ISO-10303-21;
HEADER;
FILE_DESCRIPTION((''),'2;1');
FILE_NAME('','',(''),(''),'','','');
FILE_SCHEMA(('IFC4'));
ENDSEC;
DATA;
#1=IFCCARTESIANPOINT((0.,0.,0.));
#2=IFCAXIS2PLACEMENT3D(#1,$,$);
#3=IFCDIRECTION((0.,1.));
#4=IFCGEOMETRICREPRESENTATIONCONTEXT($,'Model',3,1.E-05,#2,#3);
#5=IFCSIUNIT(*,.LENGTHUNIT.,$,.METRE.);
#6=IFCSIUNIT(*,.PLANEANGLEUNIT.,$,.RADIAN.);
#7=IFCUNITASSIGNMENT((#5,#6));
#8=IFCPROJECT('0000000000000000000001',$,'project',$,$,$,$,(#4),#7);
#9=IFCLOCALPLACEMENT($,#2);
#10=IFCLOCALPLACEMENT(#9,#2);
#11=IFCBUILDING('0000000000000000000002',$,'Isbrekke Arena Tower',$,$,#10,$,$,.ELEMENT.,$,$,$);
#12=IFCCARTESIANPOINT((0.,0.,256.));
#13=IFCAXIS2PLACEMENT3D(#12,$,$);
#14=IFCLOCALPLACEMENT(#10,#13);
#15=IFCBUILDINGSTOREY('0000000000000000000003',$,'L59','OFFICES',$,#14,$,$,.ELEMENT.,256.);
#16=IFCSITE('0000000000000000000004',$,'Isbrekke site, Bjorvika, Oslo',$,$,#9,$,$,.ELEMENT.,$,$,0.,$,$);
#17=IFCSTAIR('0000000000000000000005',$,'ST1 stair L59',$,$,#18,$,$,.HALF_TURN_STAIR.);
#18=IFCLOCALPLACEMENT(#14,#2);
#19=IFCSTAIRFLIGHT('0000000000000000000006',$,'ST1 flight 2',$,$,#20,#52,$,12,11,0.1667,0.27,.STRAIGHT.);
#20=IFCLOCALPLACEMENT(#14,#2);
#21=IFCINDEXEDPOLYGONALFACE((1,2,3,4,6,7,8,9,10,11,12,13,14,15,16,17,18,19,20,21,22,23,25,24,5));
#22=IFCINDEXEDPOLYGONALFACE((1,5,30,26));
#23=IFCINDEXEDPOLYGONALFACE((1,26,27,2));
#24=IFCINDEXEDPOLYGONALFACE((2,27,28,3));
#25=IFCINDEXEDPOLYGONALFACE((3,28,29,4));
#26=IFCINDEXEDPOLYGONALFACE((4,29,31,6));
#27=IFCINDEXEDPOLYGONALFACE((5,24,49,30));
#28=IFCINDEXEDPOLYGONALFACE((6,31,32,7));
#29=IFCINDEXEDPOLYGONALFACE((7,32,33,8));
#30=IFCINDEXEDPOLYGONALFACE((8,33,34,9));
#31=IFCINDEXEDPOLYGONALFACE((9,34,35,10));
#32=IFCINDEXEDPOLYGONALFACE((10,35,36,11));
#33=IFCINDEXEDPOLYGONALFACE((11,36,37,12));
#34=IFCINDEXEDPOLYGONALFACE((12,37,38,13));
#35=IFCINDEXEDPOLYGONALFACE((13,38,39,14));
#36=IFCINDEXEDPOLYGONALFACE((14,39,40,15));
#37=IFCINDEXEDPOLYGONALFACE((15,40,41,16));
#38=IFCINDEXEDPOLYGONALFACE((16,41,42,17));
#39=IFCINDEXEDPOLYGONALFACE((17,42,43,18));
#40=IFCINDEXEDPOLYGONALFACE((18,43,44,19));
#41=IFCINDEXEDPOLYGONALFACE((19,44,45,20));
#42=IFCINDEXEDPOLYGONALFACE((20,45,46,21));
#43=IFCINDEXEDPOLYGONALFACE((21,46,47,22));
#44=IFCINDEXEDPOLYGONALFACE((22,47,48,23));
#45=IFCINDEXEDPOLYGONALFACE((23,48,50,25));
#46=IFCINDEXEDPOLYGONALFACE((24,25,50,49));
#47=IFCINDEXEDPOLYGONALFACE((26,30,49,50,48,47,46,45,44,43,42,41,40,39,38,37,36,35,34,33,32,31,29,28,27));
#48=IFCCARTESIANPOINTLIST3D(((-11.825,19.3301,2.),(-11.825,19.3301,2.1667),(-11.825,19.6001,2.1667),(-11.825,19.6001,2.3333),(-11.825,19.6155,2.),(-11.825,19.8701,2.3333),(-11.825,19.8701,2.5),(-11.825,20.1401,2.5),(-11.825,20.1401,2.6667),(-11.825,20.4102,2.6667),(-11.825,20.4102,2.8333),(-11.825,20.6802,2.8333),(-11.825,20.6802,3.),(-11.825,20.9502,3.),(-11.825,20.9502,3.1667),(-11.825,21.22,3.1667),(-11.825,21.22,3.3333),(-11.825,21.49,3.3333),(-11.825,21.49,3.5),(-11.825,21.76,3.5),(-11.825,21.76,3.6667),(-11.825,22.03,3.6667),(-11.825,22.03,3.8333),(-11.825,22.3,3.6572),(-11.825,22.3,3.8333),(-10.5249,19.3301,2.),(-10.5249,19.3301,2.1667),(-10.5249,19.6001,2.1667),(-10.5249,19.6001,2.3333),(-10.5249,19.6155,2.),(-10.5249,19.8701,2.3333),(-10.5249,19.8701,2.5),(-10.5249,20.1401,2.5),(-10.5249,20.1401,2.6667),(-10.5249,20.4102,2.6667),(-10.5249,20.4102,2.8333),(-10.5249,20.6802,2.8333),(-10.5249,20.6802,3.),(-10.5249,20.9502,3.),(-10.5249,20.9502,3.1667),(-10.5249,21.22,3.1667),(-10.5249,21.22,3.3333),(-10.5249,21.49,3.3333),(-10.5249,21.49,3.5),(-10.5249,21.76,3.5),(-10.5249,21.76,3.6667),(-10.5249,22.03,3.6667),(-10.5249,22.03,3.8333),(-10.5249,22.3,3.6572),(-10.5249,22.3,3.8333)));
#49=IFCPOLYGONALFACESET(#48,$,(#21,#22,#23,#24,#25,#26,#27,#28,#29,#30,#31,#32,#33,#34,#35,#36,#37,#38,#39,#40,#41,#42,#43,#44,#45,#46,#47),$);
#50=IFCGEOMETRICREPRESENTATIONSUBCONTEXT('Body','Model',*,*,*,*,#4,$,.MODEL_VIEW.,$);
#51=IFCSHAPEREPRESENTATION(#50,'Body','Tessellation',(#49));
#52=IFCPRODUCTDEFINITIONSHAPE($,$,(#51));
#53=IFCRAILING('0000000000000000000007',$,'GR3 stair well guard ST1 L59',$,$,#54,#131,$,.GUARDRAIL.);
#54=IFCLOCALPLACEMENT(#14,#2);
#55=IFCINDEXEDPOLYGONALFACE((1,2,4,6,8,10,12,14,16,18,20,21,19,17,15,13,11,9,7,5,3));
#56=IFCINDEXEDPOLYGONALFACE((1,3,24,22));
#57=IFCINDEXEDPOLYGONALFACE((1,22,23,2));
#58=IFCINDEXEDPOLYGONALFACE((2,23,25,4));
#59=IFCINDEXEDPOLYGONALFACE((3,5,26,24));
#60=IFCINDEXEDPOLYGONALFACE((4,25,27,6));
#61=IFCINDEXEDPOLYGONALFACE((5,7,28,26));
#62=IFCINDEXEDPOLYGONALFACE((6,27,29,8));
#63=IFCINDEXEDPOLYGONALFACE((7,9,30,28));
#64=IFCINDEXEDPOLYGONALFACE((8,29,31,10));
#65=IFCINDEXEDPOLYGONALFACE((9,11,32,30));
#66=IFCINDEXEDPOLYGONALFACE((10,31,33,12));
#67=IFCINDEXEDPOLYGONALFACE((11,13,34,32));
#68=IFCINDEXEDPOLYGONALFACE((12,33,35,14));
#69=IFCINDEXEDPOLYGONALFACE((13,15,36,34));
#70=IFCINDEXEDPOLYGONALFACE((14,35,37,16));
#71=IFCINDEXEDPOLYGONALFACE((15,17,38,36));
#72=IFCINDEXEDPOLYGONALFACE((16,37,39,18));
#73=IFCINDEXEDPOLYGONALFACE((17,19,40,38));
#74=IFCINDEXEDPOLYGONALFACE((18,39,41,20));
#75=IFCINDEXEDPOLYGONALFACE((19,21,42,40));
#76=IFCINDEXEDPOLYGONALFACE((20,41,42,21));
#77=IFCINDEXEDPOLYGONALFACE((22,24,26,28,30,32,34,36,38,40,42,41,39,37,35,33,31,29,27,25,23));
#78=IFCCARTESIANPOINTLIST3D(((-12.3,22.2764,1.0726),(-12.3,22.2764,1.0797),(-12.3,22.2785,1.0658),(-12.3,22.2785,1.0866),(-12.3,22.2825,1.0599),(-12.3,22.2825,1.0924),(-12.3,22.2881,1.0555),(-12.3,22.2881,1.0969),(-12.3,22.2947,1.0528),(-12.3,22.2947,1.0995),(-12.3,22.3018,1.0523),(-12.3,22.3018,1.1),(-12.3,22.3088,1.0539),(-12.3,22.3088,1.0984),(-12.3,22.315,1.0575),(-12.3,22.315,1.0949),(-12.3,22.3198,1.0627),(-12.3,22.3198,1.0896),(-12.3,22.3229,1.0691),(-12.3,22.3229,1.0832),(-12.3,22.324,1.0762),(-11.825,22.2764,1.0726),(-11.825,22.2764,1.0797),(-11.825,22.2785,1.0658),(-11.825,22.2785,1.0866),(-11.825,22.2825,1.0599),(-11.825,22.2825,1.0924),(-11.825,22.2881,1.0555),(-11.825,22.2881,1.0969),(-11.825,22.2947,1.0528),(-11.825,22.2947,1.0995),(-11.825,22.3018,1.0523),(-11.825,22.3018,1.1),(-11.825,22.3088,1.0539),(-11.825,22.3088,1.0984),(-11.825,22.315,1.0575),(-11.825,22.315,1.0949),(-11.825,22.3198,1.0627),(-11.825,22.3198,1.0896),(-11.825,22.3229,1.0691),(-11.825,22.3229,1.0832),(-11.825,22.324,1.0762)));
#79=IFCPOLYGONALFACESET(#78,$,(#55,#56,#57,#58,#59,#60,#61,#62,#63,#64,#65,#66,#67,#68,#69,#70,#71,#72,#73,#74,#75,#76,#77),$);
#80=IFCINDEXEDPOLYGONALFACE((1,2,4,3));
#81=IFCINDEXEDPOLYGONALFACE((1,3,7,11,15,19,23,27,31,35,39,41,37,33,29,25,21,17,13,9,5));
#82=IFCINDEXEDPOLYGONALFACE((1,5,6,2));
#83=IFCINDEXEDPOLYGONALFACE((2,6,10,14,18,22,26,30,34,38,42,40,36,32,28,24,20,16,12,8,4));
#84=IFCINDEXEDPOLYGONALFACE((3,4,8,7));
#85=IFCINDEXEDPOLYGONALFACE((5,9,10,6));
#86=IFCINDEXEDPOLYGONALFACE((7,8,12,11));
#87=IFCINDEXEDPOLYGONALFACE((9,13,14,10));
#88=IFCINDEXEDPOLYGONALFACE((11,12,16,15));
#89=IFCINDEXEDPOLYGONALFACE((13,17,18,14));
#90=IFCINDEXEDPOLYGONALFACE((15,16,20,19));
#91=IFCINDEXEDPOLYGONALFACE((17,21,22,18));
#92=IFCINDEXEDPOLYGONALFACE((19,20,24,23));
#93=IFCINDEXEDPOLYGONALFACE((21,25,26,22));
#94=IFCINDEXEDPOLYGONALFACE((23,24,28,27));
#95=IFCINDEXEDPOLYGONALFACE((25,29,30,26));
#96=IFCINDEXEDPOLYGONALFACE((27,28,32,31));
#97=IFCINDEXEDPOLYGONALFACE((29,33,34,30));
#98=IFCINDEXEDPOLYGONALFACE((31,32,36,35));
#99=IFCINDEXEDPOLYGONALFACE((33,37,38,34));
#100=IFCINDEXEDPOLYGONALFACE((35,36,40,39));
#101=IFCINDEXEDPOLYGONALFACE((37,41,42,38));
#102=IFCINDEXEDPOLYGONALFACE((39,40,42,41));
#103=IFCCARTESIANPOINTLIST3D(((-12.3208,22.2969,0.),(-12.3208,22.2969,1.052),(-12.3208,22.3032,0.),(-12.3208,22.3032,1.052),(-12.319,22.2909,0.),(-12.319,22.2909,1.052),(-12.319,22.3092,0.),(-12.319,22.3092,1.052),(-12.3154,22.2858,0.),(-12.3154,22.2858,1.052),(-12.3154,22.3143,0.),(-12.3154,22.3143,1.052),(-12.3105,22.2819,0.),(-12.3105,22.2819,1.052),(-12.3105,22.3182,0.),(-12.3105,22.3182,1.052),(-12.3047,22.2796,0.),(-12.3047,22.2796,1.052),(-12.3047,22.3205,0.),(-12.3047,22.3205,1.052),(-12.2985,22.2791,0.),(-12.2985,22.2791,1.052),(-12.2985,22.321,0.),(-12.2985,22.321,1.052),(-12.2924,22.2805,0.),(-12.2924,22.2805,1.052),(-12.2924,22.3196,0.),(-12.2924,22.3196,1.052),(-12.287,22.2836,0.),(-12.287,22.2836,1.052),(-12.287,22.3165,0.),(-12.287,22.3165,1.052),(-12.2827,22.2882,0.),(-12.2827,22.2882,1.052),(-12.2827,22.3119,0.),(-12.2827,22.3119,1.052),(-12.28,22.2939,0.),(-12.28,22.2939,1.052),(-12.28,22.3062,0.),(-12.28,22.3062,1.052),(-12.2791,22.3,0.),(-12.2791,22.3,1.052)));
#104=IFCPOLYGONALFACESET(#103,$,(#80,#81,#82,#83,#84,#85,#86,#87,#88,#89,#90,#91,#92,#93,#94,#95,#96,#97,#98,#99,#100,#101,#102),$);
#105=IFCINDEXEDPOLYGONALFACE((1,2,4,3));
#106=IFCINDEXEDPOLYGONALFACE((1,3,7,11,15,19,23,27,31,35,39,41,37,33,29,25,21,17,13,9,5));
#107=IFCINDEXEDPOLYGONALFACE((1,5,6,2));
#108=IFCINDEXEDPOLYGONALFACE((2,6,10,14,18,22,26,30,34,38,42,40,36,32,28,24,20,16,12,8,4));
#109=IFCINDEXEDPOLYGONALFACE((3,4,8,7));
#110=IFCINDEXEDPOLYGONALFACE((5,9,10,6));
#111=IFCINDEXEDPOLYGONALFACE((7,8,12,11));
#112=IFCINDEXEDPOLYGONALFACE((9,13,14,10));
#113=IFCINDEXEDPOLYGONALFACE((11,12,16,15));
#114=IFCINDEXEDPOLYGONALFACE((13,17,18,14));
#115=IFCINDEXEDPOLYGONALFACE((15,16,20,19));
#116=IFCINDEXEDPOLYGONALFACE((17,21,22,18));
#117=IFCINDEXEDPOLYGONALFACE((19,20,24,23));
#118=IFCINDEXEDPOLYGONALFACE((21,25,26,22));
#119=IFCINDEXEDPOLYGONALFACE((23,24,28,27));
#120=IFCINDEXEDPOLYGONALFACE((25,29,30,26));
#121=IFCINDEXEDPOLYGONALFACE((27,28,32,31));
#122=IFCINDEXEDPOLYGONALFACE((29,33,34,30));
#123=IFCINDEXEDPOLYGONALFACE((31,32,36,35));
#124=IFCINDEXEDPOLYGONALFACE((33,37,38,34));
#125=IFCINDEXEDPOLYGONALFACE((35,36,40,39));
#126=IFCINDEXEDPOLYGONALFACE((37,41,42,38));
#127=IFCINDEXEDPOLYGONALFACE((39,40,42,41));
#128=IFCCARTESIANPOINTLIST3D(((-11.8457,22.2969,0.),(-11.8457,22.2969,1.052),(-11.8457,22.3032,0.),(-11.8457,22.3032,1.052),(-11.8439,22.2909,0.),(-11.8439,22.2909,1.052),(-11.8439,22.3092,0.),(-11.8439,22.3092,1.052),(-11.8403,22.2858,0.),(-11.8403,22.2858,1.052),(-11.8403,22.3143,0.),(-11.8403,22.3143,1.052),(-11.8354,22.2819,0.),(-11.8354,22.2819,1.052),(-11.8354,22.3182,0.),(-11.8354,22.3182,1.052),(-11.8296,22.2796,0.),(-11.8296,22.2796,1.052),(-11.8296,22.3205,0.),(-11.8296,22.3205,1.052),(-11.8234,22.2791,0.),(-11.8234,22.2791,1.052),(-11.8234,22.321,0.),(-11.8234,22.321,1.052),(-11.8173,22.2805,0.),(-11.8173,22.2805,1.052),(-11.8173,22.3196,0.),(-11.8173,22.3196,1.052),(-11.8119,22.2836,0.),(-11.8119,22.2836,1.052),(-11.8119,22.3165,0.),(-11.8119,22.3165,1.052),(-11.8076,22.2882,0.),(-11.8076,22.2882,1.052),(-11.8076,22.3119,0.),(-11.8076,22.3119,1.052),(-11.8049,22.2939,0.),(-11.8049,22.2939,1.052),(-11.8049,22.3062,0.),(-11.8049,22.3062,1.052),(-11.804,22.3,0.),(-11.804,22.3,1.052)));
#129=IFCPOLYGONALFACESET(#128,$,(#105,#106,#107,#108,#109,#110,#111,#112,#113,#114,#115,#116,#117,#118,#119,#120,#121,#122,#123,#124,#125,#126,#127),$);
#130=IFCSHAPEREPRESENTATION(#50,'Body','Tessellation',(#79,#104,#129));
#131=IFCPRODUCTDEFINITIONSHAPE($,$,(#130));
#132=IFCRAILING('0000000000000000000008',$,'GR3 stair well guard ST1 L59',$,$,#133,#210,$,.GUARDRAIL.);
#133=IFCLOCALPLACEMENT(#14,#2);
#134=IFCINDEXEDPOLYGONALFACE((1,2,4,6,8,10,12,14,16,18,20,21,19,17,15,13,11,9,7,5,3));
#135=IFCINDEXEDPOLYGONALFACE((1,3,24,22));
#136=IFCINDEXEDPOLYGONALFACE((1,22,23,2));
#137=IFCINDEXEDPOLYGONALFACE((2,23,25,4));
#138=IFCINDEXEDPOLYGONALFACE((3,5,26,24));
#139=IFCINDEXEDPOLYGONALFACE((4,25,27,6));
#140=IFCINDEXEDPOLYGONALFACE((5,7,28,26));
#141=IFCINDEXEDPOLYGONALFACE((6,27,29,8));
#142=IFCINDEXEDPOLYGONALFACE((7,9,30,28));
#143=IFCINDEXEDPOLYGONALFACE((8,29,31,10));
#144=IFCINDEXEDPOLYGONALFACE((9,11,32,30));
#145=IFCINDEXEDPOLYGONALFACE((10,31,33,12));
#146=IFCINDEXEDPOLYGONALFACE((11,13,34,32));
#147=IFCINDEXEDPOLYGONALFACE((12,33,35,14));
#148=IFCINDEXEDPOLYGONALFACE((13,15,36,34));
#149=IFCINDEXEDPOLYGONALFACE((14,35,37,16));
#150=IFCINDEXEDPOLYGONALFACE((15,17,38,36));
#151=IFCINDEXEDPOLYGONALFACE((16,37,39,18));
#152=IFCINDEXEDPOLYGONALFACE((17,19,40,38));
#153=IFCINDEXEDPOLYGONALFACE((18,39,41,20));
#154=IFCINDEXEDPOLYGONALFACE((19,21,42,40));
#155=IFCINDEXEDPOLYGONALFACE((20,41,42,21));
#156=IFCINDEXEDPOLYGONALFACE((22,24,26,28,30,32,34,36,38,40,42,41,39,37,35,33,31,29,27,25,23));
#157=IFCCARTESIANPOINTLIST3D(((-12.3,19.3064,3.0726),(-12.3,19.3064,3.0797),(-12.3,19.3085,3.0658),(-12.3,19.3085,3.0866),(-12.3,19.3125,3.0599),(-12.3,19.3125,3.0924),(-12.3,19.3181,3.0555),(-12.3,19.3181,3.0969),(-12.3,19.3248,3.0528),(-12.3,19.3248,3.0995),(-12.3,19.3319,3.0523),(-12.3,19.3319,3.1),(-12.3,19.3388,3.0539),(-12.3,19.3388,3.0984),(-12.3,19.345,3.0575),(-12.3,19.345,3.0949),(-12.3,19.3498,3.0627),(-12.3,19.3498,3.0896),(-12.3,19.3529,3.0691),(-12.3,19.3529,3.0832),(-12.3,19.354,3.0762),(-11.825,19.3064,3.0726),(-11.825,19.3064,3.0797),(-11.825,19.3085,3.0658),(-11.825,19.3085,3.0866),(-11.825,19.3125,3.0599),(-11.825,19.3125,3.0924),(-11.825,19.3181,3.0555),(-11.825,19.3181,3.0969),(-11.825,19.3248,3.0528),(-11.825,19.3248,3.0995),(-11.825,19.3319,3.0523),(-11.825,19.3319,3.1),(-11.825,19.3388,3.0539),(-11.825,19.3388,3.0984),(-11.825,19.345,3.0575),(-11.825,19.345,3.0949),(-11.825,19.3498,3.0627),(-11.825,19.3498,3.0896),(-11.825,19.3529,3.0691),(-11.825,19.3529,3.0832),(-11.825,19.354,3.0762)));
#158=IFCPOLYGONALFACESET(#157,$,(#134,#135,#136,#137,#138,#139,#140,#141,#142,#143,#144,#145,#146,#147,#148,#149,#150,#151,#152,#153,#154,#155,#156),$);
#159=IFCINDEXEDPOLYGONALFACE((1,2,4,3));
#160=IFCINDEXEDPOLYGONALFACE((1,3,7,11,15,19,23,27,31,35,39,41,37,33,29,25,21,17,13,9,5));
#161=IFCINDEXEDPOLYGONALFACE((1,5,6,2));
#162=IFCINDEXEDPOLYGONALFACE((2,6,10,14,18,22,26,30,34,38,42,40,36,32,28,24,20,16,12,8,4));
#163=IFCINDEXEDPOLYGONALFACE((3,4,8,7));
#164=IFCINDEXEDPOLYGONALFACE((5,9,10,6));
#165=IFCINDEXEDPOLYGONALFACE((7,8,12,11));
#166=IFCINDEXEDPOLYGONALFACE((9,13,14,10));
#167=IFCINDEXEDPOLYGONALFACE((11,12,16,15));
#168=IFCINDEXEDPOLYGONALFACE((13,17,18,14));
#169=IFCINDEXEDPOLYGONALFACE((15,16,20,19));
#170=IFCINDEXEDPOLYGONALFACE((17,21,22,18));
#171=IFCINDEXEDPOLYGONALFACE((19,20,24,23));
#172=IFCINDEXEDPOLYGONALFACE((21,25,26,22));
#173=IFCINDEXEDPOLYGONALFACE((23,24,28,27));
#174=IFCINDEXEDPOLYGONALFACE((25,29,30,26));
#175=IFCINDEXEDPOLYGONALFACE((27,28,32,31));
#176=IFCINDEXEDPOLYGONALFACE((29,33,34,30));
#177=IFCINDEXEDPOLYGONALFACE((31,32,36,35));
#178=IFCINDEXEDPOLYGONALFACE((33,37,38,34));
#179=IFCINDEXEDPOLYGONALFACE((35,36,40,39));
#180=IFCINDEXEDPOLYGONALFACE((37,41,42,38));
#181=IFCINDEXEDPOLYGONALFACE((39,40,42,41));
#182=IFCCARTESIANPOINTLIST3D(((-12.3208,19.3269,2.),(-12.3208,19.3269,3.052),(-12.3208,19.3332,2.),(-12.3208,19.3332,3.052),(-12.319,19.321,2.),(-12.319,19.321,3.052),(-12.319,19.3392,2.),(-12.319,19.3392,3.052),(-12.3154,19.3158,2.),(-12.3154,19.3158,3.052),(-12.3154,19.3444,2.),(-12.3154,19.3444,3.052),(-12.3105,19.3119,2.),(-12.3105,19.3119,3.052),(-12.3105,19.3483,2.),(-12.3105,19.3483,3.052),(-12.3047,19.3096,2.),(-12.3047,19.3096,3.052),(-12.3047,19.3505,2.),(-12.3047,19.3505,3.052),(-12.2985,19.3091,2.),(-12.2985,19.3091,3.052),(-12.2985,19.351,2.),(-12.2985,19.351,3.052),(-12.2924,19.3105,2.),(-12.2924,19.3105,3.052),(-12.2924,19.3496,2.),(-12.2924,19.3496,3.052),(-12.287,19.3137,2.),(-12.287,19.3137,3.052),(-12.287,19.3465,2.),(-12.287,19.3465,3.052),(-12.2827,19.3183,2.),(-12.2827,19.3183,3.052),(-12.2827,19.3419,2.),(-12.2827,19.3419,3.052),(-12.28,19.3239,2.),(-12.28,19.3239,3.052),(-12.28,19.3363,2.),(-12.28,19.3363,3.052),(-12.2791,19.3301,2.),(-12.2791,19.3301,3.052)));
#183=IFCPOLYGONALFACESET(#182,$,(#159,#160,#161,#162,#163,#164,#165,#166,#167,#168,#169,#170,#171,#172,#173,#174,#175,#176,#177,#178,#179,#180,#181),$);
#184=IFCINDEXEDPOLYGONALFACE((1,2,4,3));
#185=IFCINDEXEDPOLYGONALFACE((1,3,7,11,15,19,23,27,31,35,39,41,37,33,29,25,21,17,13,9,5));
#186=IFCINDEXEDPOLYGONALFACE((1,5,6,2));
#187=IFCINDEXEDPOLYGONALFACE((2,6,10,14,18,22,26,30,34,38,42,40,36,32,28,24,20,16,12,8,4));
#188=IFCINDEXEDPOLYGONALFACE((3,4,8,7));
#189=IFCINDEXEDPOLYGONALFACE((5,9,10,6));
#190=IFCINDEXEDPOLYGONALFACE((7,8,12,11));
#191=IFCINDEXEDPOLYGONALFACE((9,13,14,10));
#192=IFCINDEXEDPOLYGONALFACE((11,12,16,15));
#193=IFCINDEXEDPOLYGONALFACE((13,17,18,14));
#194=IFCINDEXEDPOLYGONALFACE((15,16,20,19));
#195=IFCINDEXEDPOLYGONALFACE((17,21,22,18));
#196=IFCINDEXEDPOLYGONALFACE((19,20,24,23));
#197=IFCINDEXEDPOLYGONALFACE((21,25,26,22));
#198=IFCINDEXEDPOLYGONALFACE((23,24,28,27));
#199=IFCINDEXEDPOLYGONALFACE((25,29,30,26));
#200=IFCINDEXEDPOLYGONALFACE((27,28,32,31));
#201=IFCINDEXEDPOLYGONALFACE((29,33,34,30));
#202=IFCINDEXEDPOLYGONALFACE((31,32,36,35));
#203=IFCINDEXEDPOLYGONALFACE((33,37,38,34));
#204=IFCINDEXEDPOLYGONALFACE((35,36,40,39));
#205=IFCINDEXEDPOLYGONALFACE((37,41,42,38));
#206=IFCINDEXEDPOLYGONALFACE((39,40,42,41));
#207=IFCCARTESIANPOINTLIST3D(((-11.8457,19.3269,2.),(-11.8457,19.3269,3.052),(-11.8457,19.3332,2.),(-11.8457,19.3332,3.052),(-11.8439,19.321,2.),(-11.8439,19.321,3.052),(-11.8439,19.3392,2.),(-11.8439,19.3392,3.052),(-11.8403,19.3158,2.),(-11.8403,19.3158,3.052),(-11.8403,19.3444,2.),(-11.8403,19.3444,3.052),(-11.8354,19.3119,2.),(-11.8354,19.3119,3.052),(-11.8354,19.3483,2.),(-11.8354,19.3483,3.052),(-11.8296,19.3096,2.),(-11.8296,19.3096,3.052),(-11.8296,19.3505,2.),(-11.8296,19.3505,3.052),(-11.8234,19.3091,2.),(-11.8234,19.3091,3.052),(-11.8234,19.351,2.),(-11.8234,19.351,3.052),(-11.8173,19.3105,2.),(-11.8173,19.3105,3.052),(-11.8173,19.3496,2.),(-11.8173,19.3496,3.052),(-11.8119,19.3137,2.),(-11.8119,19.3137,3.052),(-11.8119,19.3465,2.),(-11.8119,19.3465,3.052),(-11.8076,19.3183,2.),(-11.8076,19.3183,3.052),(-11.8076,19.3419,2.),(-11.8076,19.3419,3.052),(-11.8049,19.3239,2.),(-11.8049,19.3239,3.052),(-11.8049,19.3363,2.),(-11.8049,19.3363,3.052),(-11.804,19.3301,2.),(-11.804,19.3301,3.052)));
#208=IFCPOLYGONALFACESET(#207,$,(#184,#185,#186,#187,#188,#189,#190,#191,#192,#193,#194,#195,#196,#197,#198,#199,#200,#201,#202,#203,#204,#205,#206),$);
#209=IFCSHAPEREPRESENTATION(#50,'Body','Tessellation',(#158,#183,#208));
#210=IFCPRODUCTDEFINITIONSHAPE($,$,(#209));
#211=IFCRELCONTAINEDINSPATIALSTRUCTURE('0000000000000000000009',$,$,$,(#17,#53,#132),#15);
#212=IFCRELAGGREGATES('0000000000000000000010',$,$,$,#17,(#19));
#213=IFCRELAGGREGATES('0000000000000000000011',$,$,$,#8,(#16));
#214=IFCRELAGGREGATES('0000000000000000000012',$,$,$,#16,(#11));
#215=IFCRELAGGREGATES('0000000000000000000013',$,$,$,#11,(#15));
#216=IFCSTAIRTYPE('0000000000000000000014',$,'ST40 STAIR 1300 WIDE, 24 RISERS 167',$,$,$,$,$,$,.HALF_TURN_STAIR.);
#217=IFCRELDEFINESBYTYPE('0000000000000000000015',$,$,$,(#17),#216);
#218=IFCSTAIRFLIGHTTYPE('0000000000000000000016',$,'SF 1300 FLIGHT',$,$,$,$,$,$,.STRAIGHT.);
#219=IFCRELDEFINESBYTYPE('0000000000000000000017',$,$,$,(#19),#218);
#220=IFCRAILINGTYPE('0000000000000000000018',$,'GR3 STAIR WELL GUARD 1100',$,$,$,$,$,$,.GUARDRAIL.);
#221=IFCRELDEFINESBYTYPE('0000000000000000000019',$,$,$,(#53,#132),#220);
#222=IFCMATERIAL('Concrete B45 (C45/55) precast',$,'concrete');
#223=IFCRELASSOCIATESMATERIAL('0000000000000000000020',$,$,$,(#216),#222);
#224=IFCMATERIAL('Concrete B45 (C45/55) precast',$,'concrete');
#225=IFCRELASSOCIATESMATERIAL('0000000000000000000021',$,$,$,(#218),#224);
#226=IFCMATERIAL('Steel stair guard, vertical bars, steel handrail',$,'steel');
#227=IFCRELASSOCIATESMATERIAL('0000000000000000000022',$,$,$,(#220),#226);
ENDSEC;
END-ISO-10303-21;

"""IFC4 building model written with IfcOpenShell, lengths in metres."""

from ifc_helpers import new_model, si_unit, direction, frame, origin, origin_2d, place, context, subcontext, project, spatial, polyline, circle, outline, extrude, material, type_object, element, aggregate, save


model = new_model("IFC4")

# Units and contexts
model_context = context("Model", 3, precision=1e-05, world=origin(), true_north=direction((0.0, 1.0)))
body_context = subcontext(model_context, "Body", "Model", "MODEL_VIEW")
ifc_project = project(units=[si_unit("LENGTHUNIT", "METRE"), si_unit("PLANEANGLEUNIT", "RADIAN")], contexts=[model_context])

# Site, building, storey
site_placement = place(None, origin())
site = spatial("IfcSite", under=ifc_project, at=site_placement, Name="Isbrekke site, Bjorvika, Oslo", CompositionType="ELEMENT", RefElevation=0.0)
building_placement = place(site_placement, origin())
building = spatial("IfcBuilding", under=site, at=building_placement, Name="Isbrekke Arena Tower", CompositionType="ELEMENT")
storey_placement = place(building_placement, frame((0.0, 0.0, 256.0)))
storey = spatial("IfcBuildingStorey", under=building, at=storey_placement, Name="L59", Description="OFFICES", CompositionType="ELEMENT", Elevation=256.0)

# Stair, stair flight
ifc_material_1 = material(Name="Concrete B45 (C45/55) precast", Category="concrete")
stair_type = type_object("IfcStairType", Name="ST40 STAIR 1300 WIDE, 24 RISERS 167", PredefinedType="HALF_TURN_STAIR", material=ifc_material_1)
stair_placement = place(storey_placement, origin())
stair = element("IfcStair", 1, at=stair_placement, inside=storey, type_object=stair_type, Name="ST1 stair L59", PredefinedType="HALF_TURN_STAIR")
ifc_material_2 = material(Name="Concrete B45 (C45/55) precast", Category="concrete")
stair_flight_type = type_object("IfcStairFlightType", Name="SF 1300 FLIGHT", PredefinedType="STRAIGHT", material=ifc_material_2)
stair_flight_1_placement = place(storey_placement, frame((-11.175, 19.3301, 2.0), z_axis=(0.0, 0.0, 1.0), x_axis=(0.0, 1.0, 0.0)))
stair_flight_1 = element("IfcStairFlight", 2, at=stair_flight_1_placement, type_object=stair_flight_type, Name="ST1 flight 2", NumberOfRisers=12, NumberOfTreads=11, PredefinedType="STRAIGHT", RiserHeight=0.1667, TreadLength=0.27, context=body_context, shape_type="SweptSolid", body=[
    extrude(outline(polyline([(0.0, 0.0), (0.0, 0.1667), (0.27, 0.1667), (0.27, 0.3333), (0.54, 0.3333), (0.54, 0.5), (0.8101, 0.5), (0.8101, 0.6667), (1.0801, 0.6667), (1.0801, 0.8333), (1.3501, 0.8333), (1.3501, 1.0), (1.6201, 1.0), (1.6201, 1.1667), (1.8899, 1.1667), (1.8899, 1.3333), (2.1599, 1.3333), (2.1599, 1.5), (2.4299, 1.5), (2.4299, 1.6667), (2.7, 1.6667), (2.7, 1.8333), (2.97, 1.8333), (2.97, 2.0), (2.97, 1.6572), (0.2854, 0.0), (0.0, 0.0)])), frame((0.0, 0.6499, 0.0), z_axis=(0.0, -1.0, 0.0), x_axis=(1.0, 0.0, 0.0)), (0.0, 0.0, 1.0), 1.3),
])
aggregate(stair, [stair_flight_1])

# Railings
ifc_material_3 = material(Name="Steel stair guard, vertical bars, steel handrail", Category="steel")
railing_type = type_object("IfcRailingType", Name="GR3 STAIR WELL GUARD 1100", PredefinedType="GUARDRAIL", material=ifc_material_3)
for number, where, name in (
    (3, (-12.3, 22.3, 0.0), "GR3 stair well guard ST1 L59"),
    (4, (-12.3, 19.3301, 2.0), "GR3 stair well guard ST1 L59"),
):
    element("IfcRailing", number, at=place(storey_placement, frame(where)), inside=storey, type_object=railing_type, Name=name, PredefinedType="GUARDRAIL", context=body_context, shape_type="SweptSolid", body=[
        extrude(circle(Radius=0.0239, at=origin_2d()), frame((0.0, 0.0, 1.0762), z_axis=(1.0, 0.0, 0.0), x_axis=(0.0, 1.0, 0.0)), (0.0, 0.0, 1.0), 0.4751),
        extrude(circle(Radius=0.021, at=origin_2d()), origin(), (0.0, 0.0, 1.0), 1.052),
        extrude(circle(Radius=0.021, at=origin_2d()), frame((0.4751, 0.0, 0.0)), (0.0, 0.0, 1.0), 1.052),
    ])

save(model, "model.ifc")
